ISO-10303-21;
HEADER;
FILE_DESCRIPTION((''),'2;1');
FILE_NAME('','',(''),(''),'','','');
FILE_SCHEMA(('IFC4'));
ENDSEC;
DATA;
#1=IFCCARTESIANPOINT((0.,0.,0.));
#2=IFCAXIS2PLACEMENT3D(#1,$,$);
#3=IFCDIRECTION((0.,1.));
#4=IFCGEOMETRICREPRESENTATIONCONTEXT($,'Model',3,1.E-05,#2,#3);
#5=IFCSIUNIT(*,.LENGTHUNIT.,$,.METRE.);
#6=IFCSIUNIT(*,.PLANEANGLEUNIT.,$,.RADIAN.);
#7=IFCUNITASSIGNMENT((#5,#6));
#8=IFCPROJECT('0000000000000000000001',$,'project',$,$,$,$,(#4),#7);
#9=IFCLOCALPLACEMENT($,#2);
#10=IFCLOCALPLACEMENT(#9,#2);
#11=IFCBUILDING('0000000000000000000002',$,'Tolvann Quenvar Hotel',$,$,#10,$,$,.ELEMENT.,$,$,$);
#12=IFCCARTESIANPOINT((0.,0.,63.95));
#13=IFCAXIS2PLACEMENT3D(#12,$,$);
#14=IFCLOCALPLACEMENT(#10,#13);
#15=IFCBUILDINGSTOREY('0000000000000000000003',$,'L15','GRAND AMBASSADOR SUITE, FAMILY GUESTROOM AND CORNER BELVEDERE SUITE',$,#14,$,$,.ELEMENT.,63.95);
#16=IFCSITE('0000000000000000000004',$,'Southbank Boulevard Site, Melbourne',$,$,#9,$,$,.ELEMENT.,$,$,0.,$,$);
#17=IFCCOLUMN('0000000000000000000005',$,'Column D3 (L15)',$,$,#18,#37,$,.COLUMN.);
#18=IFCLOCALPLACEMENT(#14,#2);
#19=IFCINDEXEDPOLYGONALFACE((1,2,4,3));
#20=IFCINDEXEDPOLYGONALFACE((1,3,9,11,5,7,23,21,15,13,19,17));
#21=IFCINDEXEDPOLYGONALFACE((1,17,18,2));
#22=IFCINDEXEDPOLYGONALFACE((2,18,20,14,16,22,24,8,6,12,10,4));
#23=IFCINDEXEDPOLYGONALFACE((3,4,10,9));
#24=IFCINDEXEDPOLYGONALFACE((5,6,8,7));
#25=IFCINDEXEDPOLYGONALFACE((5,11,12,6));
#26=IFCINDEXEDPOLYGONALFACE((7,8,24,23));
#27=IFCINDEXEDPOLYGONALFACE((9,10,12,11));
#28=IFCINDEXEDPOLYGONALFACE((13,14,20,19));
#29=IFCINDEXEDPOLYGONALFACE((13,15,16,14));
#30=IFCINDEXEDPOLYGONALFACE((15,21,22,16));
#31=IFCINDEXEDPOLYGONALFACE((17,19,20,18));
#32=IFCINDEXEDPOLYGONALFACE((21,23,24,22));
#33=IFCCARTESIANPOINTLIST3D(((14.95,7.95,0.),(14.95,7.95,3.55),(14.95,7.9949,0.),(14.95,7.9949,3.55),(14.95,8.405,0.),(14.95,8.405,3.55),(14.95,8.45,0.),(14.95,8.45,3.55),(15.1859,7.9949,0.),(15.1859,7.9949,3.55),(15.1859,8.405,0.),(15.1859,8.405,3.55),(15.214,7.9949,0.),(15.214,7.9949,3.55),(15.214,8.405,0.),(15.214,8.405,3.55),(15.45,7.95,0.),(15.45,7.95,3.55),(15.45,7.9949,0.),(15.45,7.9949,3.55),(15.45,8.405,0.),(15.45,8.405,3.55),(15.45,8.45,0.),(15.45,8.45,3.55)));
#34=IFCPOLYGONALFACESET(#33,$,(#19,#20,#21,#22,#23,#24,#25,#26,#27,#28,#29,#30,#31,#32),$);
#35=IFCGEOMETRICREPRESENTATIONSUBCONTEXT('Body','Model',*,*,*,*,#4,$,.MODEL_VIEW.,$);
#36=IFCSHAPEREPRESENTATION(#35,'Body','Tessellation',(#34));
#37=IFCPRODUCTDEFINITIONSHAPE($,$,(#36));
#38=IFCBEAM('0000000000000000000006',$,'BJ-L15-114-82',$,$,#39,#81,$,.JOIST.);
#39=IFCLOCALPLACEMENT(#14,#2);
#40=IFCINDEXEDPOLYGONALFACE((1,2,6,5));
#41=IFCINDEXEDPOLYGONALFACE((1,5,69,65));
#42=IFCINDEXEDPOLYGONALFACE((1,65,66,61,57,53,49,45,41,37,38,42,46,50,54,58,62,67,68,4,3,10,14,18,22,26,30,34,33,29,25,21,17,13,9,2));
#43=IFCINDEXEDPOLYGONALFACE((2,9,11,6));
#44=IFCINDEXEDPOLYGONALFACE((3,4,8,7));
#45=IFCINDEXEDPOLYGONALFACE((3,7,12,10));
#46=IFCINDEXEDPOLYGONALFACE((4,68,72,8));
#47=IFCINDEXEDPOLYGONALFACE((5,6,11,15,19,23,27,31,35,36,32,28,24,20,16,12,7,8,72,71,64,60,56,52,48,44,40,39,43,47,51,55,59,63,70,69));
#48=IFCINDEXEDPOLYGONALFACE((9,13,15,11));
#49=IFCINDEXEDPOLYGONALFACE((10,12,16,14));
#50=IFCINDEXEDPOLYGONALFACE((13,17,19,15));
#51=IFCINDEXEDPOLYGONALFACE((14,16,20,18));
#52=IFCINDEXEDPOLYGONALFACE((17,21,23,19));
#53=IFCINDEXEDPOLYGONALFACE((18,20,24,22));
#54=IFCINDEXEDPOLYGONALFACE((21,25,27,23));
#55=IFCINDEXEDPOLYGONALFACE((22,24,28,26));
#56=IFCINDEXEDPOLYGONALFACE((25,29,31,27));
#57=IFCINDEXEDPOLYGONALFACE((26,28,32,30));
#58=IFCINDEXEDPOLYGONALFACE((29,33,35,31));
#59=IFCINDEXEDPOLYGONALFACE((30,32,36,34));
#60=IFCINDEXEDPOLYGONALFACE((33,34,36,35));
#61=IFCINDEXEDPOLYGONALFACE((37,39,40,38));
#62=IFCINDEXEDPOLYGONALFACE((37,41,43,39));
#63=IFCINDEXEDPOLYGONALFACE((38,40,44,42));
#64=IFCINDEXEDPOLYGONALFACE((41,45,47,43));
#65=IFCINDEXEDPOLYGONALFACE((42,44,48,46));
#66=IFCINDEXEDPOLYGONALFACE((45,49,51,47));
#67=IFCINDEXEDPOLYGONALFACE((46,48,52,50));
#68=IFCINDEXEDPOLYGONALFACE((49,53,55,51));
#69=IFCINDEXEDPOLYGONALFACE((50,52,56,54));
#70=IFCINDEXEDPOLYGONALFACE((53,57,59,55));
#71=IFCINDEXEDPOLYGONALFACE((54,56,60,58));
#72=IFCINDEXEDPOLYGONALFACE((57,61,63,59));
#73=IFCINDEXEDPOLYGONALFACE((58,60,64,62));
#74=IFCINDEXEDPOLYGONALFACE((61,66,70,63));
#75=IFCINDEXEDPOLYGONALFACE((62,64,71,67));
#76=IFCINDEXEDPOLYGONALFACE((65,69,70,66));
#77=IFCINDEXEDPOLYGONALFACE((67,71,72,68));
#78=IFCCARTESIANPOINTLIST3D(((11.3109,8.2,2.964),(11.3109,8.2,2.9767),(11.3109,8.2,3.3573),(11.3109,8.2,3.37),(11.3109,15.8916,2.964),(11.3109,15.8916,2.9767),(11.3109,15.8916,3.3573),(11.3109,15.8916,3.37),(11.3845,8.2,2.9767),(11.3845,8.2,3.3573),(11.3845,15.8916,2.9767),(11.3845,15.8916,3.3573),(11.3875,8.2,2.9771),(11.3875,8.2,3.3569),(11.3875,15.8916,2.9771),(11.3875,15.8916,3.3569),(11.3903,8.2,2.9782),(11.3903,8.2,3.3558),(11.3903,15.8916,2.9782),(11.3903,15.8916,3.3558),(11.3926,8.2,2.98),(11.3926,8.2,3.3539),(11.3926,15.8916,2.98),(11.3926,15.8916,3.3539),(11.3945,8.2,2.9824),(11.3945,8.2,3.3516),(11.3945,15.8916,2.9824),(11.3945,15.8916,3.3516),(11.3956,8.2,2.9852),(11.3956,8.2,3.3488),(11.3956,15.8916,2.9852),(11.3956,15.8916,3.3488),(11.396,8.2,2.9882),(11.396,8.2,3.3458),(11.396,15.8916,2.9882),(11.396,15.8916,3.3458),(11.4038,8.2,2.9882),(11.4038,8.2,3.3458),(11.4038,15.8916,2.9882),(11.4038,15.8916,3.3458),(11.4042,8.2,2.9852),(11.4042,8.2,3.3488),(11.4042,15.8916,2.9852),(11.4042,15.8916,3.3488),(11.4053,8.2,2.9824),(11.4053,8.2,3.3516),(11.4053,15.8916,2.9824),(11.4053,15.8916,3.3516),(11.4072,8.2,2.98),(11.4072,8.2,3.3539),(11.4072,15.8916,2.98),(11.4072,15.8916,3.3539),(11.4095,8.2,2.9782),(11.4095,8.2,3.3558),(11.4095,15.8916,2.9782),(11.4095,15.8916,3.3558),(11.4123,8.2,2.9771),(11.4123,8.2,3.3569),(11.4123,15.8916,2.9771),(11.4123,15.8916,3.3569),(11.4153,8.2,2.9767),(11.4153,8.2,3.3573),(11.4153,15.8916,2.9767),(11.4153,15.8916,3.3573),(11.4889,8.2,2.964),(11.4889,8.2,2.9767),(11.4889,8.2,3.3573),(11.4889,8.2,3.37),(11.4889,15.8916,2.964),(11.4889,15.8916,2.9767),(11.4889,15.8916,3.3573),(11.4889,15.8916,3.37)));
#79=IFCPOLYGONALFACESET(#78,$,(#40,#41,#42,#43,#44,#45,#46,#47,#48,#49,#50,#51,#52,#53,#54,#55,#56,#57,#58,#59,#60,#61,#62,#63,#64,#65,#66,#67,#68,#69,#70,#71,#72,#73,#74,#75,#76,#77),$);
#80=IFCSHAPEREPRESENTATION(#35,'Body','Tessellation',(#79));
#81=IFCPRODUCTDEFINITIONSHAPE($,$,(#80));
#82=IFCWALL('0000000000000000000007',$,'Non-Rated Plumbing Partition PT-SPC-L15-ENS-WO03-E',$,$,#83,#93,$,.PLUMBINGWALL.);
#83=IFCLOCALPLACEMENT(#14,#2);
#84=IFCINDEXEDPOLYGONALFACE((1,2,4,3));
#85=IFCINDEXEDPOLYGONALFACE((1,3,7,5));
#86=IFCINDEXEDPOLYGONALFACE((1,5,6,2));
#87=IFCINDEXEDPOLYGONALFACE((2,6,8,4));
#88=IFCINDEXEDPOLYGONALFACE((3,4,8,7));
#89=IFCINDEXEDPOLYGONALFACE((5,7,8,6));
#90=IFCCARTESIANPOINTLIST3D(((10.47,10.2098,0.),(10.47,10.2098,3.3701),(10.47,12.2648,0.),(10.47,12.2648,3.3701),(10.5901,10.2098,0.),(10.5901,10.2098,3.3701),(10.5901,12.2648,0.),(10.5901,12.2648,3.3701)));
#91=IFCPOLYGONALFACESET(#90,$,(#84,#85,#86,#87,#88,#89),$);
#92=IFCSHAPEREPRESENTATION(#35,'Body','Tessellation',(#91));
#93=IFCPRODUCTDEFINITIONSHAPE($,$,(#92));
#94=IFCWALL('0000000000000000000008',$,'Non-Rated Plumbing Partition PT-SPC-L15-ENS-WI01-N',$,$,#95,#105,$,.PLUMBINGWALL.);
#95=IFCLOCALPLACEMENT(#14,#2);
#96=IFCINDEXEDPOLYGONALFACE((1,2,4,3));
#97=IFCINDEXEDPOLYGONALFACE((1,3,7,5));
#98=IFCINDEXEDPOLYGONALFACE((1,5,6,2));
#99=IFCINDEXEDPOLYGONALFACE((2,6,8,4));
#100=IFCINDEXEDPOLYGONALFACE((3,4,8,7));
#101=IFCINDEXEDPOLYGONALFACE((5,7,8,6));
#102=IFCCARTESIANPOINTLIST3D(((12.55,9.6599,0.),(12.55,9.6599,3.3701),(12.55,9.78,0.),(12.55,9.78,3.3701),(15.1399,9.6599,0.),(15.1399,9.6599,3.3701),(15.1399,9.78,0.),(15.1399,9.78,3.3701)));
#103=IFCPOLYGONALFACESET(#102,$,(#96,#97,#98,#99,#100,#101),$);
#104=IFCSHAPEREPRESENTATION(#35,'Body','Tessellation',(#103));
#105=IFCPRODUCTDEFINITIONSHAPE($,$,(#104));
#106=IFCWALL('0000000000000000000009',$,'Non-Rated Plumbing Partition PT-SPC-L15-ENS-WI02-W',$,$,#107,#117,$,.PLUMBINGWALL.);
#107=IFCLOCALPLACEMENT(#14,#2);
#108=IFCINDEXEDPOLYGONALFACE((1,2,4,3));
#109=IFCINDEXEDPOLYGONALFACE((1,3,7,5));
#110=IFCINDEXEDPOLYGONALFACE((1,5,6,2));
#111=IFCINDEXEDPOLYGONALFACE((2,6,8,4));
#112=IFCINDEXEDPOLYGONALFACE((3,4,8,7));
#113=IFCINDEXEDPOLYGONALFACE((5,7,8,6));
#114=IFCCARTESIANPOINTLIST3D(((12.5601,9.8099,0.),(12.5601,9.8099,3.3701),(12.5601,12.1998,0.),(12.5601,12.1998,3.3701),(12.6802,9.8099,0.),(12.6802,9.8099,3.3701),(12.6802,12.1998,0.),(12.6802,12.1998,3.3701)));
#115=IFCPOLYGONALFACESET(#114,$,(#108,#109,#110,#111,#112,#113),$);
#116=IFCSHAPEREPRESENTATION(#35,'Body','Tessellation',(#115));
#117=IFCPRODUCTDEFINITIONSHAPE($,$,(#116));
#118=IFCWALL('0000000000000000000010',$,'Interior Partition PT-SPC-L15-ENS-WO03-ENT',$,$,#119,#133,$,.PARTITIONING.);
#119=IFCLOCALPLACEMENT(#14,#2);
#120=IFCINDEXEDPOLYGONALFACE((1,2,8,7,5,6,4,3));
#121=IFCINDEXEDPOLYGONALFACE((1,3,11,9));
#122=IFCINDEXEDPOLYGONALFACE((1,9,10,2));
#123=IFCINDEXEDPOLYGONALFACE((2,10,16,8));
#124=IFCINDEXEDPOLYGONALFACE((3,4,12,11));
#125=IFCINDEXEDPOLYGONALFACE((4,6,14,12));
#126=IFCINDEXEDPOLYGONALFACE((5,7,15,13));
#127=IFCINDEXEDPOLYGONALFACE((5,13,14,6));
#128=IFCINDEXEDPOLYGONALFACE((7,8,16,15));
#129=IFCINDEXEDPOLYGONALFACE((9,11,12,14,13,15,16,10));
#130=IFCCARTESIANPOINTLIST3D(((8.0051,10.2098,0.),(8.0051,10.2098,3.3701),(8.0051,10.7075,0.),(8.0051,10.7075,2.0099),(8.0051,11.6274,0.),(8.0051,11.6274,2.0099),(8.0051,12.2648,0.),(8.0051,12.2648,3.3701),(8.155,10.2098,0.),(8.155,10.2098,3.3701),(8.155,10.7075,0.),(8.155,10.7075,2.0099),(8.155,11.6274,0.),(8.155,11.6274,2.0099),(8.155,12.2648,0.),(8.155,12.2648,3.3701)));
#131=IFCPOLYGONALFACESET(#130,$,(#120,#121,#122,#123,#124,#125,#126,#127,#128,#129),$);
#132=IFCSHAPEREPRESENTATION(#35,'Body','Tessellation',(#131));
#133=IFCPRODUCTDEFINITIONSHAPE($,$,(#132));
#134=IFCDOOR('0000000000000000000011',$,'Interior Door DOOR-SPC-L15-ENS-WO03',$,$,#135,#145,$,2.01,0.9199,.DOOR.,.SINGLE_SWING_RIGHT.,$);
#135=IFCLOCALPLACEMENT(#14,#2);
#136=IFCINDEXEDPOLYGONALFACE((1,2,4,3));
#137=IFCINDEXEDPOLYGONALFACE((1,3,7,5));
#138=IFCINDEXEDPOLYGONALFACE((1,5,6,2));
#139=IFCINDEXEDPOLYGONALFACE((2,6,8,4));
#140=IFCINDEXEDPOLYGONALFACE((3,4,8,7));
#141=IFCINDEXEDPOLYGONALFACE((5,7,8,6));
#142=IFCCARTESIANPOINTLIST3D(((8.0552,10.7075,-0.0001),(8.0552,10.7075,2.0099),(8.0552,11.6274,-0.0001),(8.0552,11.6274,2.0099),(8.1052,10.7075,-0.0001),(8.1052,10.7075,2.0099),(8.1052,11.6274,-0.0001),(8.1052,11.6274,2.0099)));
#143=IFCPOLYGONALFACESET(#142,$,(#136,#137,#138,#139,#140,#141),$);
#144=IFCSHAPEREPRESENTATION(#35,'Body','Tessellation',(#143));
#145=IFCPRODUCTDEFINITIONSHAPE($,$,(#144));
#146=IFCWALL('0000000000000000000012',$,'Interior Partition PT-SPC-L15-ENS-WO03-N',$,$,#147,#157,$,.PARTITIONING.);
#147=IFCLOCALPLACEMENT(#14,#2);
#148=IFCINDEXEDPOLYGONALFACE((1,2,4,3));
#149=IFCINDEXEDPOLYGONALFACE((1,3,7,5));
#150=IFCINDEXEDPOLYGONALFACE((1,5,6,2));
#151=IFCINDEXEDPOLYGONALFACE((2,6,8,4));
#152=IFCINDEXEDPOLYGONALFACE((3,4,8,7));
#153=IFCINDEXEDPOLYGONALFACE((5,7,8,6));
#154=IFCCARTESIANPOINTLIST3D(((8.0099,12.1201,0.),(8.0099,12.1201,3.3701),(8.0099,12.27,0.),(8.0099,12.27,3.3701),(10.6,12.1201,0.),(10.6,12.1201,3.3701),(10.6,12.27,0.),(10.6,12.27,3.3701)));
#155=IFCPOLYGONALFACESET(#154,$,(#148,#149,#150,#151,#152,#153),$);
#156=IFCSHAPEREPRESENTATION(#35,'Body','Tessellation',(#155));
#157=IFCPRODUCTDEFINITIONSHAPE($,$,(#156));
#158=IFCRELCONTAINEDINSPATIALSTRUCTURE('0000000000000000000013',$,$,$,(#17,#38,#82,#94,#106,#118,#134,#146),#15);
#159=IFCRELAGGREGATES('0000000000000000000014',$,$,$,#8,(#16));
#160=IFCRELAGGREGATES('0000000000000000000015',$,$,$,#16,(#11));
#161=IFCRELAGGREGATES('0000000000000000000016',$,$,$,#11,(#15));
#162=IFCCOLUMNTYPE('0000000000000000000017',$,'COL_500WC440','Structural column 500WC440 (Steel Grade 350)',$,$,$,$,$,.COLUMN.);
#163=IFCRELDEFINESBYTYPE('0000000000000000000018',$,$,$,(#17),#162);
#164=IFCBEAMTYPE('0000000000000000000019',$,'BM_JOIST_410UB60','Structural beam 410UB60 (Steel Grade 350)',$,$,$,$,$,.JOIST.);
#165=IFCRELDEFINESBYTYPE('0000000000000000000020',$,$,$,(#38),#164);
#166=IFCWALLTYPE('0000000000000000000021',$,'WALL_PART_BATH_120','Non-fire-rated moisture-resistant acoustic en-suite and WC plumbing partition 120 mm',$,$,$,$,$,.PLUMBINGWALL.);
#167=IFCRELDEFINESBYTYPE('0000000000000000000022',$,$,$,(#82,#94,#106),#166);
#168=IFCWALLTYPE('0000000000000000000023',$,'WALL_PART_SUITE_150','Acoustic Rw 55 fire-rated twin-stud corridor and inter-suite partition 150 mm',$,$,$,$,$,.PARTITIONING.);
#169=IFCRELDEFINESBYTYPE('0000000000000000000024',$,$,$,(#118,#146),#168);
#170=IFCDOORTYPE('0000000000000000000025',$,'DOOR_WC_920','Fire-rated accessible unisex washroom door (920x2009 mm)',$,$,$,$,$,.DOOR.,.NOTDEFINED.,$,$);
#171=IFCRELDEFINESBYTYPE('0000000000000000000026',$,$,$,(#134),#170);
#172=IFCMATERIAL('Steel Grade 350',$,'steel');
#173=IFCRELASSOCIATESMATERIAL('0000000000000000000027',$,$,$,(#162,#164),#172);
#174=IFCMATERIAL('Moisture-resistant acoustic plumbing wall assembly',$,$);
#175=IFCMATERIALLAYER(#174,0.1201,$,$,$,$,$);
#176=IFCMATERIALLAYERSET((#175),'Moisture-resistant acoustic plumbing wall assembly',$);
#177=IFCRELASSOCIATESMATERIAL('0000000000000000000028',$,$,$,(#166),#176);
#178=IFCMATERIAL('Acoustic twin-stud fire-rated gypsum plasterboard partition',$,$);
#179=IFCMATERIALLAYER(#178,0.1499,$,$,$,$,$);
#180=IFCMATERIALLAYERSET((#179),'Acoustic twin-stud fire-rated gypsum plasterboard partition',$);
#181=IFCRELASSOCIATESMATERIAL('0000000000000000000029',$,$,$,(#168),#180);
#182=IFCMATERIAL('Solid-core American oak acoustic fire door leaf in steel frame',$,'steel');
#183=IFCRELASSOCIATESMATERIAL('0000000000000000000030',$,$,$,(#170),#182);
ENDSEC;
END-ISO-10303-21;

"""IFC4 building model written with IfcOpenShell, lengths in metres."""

from ifc_helpers import new_model, si_unit, direction, frame, frame_2d, origin, origin_2d, place, context, subcontext, project, spatial, rectangle, i_section, extrude, source, transform, mapped, material, layer, layer_set, material_profile, profile_set, type_object, type_shapes, element, fill, save


model = new_model("IFC4")

# Units and contexts
model_context = context("Model", 3, precision=1e-05, world=origin(), true_north=direction((0.0, 1.0)))
body_context = subcontext(model_context, "Body", "Model", "MODEL_VIEW")
ifc_project = project(units=[si_unit("LENGTHUNIT", "METRE"), si_unit("PLANEANGLEUNIT", "RADIAN")], contexts=[model_context])

# Site, building, storey
site_placement = place(None, origin())
site = spatial("IfcSite", under=ifc_project, at=site_placement, Name="Southbank Boulevard Site, Melbourne", CompositionType="ELEMENT", RefElevation=0.0)
building_placement = place(site_placement, origin())
building = spatial("IfcBuilding", under=site, at=building_placement, Name="Tolvann Quenvar Hotel", CompositionType="ELEMENT")
storey_placement = place(building_placement, frame((0.0, 0.0, 63.95)))
storey = spatial("IfcBuildingStorey", under=building, at=storey_placement, Name="L15", Description="GRAND AMBASSADOR SUITE, FAMILY GUESTROOM AND CORNER BELVEDERE SUITE", CompositionType="ELEMENT", Elevation=63.95)

# Column
ifc_material_1 = material(Name="Steel Grade 350", Category="steel")
ifc_material_profile_1 = material_profile(ifc_material_1, i_section(OverallWidth=0.5, OverallDepth=0.5, WebThickness=0.0281, FlangeThickness=0.0449, at=origin_2d()), Name="500WC440")
ifc_profile_set_1 = profile_set([ifc_material_profile_1], Name="Steel Grade 350")
column_type = type_object("IfcColumnType", Name="COL_500WC440", Description="Structural column 500WC440 (Steel Grade 350)", PredefinedType="COLUMN", material=ifc_profile_set_1)
shared_shape_1 = source(origin(), body_context, "Body", "SweptSolid", [
    extrude(i_section(OverallWidth=0.5, OverallDepth=0.5, WebThickness=0.0281, FlangeThickness=0.0449, at=origin_2d()), origin(), (0.0, 0.0, 1.0), 3.55),
])
type_shapes(column_type, [shared_shape_1])
column_placement = place(storey_placement, frame((15.2, 8.2, 0.0), z_axis=(0.0, 0.0, 1.0), x_axis=(1.0, 0.0, 0.0)))
element("IfcColumn", 1, at=column_placement, inside=storey, type_object=column_type, Name="Column D3 (L15)", PredefinedType="COLUMN", context=body_context, shape_type="MappedRepresentation", body=[
    mapped(shared_shape_1, transform((0.0, 0.0, 0.0), x_axis=(1.0, 0.0, 0.0), y_axis=(0.0, 1.0, 0.0), z_axis=(0.0, 0.0, 1.0), scale=1.0)),
])

# Beam
ifc_material_profile_2 = material_profile(ifc_material_1, i_section(OverallWidth=0.178, OverallDepth=0.406, WebThickness=0.0078, FlangeThickness=0.0127, FilletRadius=0.0115, at=origin_2d()), Name="410UB60")
ifc_profile_set_2 = profile_set([ifc_material_profile_2], Name="Steel Grade 350")
beam_type = type_object("IfcBeamType", Name="BM_JOIST_410UB60", Description="Structural beam 410UB60 (Steel Grade 350)", PredefinedType="JOIST", material=ifc_profile_set_2)
shared_shape_2 = source(origin(), body_context, "Body", "SweptSolid", [
    extrude(i_section(OverallWidth=0.178, OverallDepth=0.406, WebThickness=0.0078, FlangeThickness=0.0127, FilletRadius=0.0115, at=origin_2d()), origin(), (0.0, 0.0, 1.0), 7.6917),
])
type_shapes(beam_type, [shared_shape_2])
beam_placement = place(storey_placement, frame((11.3999, 8.2, 3.167), z_axis=(0.0, 1.0, 0.0), x_axis=(-1.0, 0.0, 0.0)))
element("IfcBeam", 2, at=beam_placement, inside=storey, type_object=beam_type, Name="BJ-L15-114-82", PredefinedType="JOIST", context=body_context, shape_type="MappedRepresentation", body=[
    mapped(shared_shape_2, transform((0.0, 0.0, 0.0), x_axis=(1.0, 0.0, 0.0), y_axis=(0.0, 1.0, 0.0), z_axis=(0.0, 0.0, 1.0), scale=1.0)),
])

# Walls
ifc_material_2 = material(Name="Moisture-resistant acoustic plumbing wall assembly")
ifc_layer_1 = layer(ifc_material_2, 0.1201)
ifc_layer_set_1 = layer_set([ifc_layer_1], Name="Moisture-resistant acoustic plumbing wall assembly")
wall_type_1 = type_object("IfcWallType", Name="WALL_PART_BATH_120", Description="Non-fire-rated moisture-resistant acoustic en-suite and WC plumbing partition 120 mm", PredefinedType="PLUMBINGWALL", material=ifc_layer_set_1)
wall_1_placement = place(storey_placement, frame((10.53, 10.21, 0.0), z_axis=(0.0, 0.0, 1.0), x_axis=(0.0, 1.0, 0.0)))
element("IfcWall", 3, at=wall_1_placement, inside=storey, type_object=wall_type_1, Name="Non-Rated Plumbing Partition PT-SPC-L15-ENS-WO03-E", PredefinedType="PLUMBINGWALL", context=body_context, shape_type="SweptSolid", body=[
    extrude(rectangle(XDim=2.0549, YDim=0.1201, at=frame_2d((1.0273, 0.0))), origin(), (0.0, 0.0, 1.0), 3.3701),
])
wall_2_placement = place(storey_placement, frame((12.55, 9.72, 0.0), z_axis=(0.0, 0.0, 1.0), x_axis=(1.0, 0.0, 0.0)))
element("IfcWall", 4, at=wall_2_placement, inside=storey, type_object=wall_type_1, Name="Non-Rated Plumbing Partition PT-SPC-L15-ENS-WI01-N", PredefinedType="PLUMBINGWALL", context=body_context, shape_type="SweptSolid", body=[
    extrude(rectangle(XDim=2.5898, YDim=0.1201, at=frame_2d((1.2949, 0.0))), origin(), (0.0, 0.0, 1.0), 3.3701),
])
wall_3_placement = place(storey_placement, frame((12.6201, 9.8101, 0.0), z_axis=(0.0, 0.0, 1.0), x_axis=(0.0, 1.0, 0.0)))
element("IfcWall", 5, at=wall_3_placement, inside=storey, type_object=wall_type_1, Name="Non-Rated Plumbing Partition PT-SPC-L15-ENS-WI02-W", PredefinedType="PLUMBINGWALL", context=body_context, shape_type="SweptSolid", body=[
    extrude(rectangle(XDim=2.3899, YDim=0.1201, at=frame_2d((1.1948, 0.0))), origin(), (0.0, 0.0, 1.0), 3.3701),
])

# Wall, opening, door
ifc_material_3 = material(Name="Acoustic twin-stud fire-rated gypsum plasterboard partition")
ifc_layer_2 = layer(ifc_material_3, 0.1499)
ifc_layer_set_2 = layer_set([ifc_layer_2], Name="Acoustic twin-stud fire-rated gypsum plasterboard partition")
wall_type_2 = type_object("IfcWallType", Name="WALL_PART_SUITE_150", Description="Acoustic Rw 55 fire-rated twin-stud corridor and inter-suite partition 150 mm", PredefinedType="PARTITIONING", material=ifc_layer_set_2)
wall_4_placement = place(storey_placement, frame((8.0801, 10.21, 0.0), z_axis=(0.0, 0.0, 1.0), x_axis=(0.0, 1.0, 0.0)))
wall_4 = element("IfcWall", 6, at=wall_4_placement, inside=storey, type_object=wall_type_2, Name="Interior Partition PT-SPC-L15-ENS-WO03-ENT", PredefinedType="PARTITIONING", context=body_context, shape_type="SweptSolid", body=[
    extrude(rectangle(XDim=2.0549, YDim=0.1499, at=frame_2d((1.0273, 0.0))), origin(), (0.0, 0.0, 1.0), 3.3701),
])
opening_1_placement = place(wall_4_placement, frame((0.4976, 0.0, 0.0)))
opening_1 = element("IfcOpeningElement", 7, at=opening_1_placement, cuts=wall_4, PredefinedType="OPENING", context=body_context, shape_type="SweptSolid", body=[
    extrude(rectangle(XDim=0.9199, YDim=2.01, at=frame_2d((0.46, 1.0049))), frame((0.0, 0.085, 0.0), z_axis=(0.0, -1.0, 0.0), x_axis=(1.0, 0.0, 0.0)), (0.0, 0.0, 1.0), 0.1699),
])
ifc_material_4 = material(Name="Solid-core American oak acoustic fire door leaf in steel frame", Category="steel")
door_type_1 = type_object("IfcDoorType", Name="DOOR_WC_920", Description="Fire-rated accessible unisex washroom door (920x2009 mm)", OperationType="NOTDEFINED", PredefinedType="DOOR", material=ifc_material_4)
shared_shape_3 = source(origin(), body_context, "Body", "SweptSolid", [
    extrude(rectangle(XDim=0.9199, YDim=2.01, at=frame_2d((0.46, 1.0049))), frame((0.0, 0.0249, 0.0), z_axis=(0.0, -1.0, 0.0), x_axis=(1.0, 0.0, 0.0)), (0.0, 0.0, 1.0), 0.05),
])
type_shapes(door_type_1, [shared_shape_3])
door_1_placement = place(opening_1_placement, origin())
door_1 = element("IfcDoor", 8, at=door_1_placement, inside=storey, type_object=door_type_1, Name="Interior Door DOOR-SPC-L15-ENS-WO03", OperationType="SINGLE_SWING_RIGHT", OverallHeight=2.01, OverallWidth=0.9199, PredefinedType="DOOR", context=body_context, shape_type="MappedRepresentation", body=[
    mapped(shared_shape_3, transform((0.0, 0.0, 0.0), x_axis=(1.0, 0.0, 0.0), y_axis=(0.0, 1.0, 0.0), z_axis=(0.0, 0.0, 1.0), scale=1.0)),
])
fill(opening_1, door_1)

# Wall
wall_5_placement = place(storey_placement, frame((8.01, 12.1951, 0.0), z_axis=(0.0, 0.0, 1.0), x_axis=(1.0, 0.0, 0.0)))
element("IfcWall", 9, at=wall_5_placement, inside=storey, type_object=wall_type_2, Name="Interior Partition PT-SPC-L15-ENS-WO03-N", PredefinedType="PARTITIONING", context=body_context, shape_type="SweptSolid", body=[
    extrude(rectangle(XDim=2.5901, YDim=0.1499, at=frame_2d((1.2949, 0.0))), origin(), (0.0, 0.0, 1.0), 3.3701),
])

save(model, "model.ifc")
